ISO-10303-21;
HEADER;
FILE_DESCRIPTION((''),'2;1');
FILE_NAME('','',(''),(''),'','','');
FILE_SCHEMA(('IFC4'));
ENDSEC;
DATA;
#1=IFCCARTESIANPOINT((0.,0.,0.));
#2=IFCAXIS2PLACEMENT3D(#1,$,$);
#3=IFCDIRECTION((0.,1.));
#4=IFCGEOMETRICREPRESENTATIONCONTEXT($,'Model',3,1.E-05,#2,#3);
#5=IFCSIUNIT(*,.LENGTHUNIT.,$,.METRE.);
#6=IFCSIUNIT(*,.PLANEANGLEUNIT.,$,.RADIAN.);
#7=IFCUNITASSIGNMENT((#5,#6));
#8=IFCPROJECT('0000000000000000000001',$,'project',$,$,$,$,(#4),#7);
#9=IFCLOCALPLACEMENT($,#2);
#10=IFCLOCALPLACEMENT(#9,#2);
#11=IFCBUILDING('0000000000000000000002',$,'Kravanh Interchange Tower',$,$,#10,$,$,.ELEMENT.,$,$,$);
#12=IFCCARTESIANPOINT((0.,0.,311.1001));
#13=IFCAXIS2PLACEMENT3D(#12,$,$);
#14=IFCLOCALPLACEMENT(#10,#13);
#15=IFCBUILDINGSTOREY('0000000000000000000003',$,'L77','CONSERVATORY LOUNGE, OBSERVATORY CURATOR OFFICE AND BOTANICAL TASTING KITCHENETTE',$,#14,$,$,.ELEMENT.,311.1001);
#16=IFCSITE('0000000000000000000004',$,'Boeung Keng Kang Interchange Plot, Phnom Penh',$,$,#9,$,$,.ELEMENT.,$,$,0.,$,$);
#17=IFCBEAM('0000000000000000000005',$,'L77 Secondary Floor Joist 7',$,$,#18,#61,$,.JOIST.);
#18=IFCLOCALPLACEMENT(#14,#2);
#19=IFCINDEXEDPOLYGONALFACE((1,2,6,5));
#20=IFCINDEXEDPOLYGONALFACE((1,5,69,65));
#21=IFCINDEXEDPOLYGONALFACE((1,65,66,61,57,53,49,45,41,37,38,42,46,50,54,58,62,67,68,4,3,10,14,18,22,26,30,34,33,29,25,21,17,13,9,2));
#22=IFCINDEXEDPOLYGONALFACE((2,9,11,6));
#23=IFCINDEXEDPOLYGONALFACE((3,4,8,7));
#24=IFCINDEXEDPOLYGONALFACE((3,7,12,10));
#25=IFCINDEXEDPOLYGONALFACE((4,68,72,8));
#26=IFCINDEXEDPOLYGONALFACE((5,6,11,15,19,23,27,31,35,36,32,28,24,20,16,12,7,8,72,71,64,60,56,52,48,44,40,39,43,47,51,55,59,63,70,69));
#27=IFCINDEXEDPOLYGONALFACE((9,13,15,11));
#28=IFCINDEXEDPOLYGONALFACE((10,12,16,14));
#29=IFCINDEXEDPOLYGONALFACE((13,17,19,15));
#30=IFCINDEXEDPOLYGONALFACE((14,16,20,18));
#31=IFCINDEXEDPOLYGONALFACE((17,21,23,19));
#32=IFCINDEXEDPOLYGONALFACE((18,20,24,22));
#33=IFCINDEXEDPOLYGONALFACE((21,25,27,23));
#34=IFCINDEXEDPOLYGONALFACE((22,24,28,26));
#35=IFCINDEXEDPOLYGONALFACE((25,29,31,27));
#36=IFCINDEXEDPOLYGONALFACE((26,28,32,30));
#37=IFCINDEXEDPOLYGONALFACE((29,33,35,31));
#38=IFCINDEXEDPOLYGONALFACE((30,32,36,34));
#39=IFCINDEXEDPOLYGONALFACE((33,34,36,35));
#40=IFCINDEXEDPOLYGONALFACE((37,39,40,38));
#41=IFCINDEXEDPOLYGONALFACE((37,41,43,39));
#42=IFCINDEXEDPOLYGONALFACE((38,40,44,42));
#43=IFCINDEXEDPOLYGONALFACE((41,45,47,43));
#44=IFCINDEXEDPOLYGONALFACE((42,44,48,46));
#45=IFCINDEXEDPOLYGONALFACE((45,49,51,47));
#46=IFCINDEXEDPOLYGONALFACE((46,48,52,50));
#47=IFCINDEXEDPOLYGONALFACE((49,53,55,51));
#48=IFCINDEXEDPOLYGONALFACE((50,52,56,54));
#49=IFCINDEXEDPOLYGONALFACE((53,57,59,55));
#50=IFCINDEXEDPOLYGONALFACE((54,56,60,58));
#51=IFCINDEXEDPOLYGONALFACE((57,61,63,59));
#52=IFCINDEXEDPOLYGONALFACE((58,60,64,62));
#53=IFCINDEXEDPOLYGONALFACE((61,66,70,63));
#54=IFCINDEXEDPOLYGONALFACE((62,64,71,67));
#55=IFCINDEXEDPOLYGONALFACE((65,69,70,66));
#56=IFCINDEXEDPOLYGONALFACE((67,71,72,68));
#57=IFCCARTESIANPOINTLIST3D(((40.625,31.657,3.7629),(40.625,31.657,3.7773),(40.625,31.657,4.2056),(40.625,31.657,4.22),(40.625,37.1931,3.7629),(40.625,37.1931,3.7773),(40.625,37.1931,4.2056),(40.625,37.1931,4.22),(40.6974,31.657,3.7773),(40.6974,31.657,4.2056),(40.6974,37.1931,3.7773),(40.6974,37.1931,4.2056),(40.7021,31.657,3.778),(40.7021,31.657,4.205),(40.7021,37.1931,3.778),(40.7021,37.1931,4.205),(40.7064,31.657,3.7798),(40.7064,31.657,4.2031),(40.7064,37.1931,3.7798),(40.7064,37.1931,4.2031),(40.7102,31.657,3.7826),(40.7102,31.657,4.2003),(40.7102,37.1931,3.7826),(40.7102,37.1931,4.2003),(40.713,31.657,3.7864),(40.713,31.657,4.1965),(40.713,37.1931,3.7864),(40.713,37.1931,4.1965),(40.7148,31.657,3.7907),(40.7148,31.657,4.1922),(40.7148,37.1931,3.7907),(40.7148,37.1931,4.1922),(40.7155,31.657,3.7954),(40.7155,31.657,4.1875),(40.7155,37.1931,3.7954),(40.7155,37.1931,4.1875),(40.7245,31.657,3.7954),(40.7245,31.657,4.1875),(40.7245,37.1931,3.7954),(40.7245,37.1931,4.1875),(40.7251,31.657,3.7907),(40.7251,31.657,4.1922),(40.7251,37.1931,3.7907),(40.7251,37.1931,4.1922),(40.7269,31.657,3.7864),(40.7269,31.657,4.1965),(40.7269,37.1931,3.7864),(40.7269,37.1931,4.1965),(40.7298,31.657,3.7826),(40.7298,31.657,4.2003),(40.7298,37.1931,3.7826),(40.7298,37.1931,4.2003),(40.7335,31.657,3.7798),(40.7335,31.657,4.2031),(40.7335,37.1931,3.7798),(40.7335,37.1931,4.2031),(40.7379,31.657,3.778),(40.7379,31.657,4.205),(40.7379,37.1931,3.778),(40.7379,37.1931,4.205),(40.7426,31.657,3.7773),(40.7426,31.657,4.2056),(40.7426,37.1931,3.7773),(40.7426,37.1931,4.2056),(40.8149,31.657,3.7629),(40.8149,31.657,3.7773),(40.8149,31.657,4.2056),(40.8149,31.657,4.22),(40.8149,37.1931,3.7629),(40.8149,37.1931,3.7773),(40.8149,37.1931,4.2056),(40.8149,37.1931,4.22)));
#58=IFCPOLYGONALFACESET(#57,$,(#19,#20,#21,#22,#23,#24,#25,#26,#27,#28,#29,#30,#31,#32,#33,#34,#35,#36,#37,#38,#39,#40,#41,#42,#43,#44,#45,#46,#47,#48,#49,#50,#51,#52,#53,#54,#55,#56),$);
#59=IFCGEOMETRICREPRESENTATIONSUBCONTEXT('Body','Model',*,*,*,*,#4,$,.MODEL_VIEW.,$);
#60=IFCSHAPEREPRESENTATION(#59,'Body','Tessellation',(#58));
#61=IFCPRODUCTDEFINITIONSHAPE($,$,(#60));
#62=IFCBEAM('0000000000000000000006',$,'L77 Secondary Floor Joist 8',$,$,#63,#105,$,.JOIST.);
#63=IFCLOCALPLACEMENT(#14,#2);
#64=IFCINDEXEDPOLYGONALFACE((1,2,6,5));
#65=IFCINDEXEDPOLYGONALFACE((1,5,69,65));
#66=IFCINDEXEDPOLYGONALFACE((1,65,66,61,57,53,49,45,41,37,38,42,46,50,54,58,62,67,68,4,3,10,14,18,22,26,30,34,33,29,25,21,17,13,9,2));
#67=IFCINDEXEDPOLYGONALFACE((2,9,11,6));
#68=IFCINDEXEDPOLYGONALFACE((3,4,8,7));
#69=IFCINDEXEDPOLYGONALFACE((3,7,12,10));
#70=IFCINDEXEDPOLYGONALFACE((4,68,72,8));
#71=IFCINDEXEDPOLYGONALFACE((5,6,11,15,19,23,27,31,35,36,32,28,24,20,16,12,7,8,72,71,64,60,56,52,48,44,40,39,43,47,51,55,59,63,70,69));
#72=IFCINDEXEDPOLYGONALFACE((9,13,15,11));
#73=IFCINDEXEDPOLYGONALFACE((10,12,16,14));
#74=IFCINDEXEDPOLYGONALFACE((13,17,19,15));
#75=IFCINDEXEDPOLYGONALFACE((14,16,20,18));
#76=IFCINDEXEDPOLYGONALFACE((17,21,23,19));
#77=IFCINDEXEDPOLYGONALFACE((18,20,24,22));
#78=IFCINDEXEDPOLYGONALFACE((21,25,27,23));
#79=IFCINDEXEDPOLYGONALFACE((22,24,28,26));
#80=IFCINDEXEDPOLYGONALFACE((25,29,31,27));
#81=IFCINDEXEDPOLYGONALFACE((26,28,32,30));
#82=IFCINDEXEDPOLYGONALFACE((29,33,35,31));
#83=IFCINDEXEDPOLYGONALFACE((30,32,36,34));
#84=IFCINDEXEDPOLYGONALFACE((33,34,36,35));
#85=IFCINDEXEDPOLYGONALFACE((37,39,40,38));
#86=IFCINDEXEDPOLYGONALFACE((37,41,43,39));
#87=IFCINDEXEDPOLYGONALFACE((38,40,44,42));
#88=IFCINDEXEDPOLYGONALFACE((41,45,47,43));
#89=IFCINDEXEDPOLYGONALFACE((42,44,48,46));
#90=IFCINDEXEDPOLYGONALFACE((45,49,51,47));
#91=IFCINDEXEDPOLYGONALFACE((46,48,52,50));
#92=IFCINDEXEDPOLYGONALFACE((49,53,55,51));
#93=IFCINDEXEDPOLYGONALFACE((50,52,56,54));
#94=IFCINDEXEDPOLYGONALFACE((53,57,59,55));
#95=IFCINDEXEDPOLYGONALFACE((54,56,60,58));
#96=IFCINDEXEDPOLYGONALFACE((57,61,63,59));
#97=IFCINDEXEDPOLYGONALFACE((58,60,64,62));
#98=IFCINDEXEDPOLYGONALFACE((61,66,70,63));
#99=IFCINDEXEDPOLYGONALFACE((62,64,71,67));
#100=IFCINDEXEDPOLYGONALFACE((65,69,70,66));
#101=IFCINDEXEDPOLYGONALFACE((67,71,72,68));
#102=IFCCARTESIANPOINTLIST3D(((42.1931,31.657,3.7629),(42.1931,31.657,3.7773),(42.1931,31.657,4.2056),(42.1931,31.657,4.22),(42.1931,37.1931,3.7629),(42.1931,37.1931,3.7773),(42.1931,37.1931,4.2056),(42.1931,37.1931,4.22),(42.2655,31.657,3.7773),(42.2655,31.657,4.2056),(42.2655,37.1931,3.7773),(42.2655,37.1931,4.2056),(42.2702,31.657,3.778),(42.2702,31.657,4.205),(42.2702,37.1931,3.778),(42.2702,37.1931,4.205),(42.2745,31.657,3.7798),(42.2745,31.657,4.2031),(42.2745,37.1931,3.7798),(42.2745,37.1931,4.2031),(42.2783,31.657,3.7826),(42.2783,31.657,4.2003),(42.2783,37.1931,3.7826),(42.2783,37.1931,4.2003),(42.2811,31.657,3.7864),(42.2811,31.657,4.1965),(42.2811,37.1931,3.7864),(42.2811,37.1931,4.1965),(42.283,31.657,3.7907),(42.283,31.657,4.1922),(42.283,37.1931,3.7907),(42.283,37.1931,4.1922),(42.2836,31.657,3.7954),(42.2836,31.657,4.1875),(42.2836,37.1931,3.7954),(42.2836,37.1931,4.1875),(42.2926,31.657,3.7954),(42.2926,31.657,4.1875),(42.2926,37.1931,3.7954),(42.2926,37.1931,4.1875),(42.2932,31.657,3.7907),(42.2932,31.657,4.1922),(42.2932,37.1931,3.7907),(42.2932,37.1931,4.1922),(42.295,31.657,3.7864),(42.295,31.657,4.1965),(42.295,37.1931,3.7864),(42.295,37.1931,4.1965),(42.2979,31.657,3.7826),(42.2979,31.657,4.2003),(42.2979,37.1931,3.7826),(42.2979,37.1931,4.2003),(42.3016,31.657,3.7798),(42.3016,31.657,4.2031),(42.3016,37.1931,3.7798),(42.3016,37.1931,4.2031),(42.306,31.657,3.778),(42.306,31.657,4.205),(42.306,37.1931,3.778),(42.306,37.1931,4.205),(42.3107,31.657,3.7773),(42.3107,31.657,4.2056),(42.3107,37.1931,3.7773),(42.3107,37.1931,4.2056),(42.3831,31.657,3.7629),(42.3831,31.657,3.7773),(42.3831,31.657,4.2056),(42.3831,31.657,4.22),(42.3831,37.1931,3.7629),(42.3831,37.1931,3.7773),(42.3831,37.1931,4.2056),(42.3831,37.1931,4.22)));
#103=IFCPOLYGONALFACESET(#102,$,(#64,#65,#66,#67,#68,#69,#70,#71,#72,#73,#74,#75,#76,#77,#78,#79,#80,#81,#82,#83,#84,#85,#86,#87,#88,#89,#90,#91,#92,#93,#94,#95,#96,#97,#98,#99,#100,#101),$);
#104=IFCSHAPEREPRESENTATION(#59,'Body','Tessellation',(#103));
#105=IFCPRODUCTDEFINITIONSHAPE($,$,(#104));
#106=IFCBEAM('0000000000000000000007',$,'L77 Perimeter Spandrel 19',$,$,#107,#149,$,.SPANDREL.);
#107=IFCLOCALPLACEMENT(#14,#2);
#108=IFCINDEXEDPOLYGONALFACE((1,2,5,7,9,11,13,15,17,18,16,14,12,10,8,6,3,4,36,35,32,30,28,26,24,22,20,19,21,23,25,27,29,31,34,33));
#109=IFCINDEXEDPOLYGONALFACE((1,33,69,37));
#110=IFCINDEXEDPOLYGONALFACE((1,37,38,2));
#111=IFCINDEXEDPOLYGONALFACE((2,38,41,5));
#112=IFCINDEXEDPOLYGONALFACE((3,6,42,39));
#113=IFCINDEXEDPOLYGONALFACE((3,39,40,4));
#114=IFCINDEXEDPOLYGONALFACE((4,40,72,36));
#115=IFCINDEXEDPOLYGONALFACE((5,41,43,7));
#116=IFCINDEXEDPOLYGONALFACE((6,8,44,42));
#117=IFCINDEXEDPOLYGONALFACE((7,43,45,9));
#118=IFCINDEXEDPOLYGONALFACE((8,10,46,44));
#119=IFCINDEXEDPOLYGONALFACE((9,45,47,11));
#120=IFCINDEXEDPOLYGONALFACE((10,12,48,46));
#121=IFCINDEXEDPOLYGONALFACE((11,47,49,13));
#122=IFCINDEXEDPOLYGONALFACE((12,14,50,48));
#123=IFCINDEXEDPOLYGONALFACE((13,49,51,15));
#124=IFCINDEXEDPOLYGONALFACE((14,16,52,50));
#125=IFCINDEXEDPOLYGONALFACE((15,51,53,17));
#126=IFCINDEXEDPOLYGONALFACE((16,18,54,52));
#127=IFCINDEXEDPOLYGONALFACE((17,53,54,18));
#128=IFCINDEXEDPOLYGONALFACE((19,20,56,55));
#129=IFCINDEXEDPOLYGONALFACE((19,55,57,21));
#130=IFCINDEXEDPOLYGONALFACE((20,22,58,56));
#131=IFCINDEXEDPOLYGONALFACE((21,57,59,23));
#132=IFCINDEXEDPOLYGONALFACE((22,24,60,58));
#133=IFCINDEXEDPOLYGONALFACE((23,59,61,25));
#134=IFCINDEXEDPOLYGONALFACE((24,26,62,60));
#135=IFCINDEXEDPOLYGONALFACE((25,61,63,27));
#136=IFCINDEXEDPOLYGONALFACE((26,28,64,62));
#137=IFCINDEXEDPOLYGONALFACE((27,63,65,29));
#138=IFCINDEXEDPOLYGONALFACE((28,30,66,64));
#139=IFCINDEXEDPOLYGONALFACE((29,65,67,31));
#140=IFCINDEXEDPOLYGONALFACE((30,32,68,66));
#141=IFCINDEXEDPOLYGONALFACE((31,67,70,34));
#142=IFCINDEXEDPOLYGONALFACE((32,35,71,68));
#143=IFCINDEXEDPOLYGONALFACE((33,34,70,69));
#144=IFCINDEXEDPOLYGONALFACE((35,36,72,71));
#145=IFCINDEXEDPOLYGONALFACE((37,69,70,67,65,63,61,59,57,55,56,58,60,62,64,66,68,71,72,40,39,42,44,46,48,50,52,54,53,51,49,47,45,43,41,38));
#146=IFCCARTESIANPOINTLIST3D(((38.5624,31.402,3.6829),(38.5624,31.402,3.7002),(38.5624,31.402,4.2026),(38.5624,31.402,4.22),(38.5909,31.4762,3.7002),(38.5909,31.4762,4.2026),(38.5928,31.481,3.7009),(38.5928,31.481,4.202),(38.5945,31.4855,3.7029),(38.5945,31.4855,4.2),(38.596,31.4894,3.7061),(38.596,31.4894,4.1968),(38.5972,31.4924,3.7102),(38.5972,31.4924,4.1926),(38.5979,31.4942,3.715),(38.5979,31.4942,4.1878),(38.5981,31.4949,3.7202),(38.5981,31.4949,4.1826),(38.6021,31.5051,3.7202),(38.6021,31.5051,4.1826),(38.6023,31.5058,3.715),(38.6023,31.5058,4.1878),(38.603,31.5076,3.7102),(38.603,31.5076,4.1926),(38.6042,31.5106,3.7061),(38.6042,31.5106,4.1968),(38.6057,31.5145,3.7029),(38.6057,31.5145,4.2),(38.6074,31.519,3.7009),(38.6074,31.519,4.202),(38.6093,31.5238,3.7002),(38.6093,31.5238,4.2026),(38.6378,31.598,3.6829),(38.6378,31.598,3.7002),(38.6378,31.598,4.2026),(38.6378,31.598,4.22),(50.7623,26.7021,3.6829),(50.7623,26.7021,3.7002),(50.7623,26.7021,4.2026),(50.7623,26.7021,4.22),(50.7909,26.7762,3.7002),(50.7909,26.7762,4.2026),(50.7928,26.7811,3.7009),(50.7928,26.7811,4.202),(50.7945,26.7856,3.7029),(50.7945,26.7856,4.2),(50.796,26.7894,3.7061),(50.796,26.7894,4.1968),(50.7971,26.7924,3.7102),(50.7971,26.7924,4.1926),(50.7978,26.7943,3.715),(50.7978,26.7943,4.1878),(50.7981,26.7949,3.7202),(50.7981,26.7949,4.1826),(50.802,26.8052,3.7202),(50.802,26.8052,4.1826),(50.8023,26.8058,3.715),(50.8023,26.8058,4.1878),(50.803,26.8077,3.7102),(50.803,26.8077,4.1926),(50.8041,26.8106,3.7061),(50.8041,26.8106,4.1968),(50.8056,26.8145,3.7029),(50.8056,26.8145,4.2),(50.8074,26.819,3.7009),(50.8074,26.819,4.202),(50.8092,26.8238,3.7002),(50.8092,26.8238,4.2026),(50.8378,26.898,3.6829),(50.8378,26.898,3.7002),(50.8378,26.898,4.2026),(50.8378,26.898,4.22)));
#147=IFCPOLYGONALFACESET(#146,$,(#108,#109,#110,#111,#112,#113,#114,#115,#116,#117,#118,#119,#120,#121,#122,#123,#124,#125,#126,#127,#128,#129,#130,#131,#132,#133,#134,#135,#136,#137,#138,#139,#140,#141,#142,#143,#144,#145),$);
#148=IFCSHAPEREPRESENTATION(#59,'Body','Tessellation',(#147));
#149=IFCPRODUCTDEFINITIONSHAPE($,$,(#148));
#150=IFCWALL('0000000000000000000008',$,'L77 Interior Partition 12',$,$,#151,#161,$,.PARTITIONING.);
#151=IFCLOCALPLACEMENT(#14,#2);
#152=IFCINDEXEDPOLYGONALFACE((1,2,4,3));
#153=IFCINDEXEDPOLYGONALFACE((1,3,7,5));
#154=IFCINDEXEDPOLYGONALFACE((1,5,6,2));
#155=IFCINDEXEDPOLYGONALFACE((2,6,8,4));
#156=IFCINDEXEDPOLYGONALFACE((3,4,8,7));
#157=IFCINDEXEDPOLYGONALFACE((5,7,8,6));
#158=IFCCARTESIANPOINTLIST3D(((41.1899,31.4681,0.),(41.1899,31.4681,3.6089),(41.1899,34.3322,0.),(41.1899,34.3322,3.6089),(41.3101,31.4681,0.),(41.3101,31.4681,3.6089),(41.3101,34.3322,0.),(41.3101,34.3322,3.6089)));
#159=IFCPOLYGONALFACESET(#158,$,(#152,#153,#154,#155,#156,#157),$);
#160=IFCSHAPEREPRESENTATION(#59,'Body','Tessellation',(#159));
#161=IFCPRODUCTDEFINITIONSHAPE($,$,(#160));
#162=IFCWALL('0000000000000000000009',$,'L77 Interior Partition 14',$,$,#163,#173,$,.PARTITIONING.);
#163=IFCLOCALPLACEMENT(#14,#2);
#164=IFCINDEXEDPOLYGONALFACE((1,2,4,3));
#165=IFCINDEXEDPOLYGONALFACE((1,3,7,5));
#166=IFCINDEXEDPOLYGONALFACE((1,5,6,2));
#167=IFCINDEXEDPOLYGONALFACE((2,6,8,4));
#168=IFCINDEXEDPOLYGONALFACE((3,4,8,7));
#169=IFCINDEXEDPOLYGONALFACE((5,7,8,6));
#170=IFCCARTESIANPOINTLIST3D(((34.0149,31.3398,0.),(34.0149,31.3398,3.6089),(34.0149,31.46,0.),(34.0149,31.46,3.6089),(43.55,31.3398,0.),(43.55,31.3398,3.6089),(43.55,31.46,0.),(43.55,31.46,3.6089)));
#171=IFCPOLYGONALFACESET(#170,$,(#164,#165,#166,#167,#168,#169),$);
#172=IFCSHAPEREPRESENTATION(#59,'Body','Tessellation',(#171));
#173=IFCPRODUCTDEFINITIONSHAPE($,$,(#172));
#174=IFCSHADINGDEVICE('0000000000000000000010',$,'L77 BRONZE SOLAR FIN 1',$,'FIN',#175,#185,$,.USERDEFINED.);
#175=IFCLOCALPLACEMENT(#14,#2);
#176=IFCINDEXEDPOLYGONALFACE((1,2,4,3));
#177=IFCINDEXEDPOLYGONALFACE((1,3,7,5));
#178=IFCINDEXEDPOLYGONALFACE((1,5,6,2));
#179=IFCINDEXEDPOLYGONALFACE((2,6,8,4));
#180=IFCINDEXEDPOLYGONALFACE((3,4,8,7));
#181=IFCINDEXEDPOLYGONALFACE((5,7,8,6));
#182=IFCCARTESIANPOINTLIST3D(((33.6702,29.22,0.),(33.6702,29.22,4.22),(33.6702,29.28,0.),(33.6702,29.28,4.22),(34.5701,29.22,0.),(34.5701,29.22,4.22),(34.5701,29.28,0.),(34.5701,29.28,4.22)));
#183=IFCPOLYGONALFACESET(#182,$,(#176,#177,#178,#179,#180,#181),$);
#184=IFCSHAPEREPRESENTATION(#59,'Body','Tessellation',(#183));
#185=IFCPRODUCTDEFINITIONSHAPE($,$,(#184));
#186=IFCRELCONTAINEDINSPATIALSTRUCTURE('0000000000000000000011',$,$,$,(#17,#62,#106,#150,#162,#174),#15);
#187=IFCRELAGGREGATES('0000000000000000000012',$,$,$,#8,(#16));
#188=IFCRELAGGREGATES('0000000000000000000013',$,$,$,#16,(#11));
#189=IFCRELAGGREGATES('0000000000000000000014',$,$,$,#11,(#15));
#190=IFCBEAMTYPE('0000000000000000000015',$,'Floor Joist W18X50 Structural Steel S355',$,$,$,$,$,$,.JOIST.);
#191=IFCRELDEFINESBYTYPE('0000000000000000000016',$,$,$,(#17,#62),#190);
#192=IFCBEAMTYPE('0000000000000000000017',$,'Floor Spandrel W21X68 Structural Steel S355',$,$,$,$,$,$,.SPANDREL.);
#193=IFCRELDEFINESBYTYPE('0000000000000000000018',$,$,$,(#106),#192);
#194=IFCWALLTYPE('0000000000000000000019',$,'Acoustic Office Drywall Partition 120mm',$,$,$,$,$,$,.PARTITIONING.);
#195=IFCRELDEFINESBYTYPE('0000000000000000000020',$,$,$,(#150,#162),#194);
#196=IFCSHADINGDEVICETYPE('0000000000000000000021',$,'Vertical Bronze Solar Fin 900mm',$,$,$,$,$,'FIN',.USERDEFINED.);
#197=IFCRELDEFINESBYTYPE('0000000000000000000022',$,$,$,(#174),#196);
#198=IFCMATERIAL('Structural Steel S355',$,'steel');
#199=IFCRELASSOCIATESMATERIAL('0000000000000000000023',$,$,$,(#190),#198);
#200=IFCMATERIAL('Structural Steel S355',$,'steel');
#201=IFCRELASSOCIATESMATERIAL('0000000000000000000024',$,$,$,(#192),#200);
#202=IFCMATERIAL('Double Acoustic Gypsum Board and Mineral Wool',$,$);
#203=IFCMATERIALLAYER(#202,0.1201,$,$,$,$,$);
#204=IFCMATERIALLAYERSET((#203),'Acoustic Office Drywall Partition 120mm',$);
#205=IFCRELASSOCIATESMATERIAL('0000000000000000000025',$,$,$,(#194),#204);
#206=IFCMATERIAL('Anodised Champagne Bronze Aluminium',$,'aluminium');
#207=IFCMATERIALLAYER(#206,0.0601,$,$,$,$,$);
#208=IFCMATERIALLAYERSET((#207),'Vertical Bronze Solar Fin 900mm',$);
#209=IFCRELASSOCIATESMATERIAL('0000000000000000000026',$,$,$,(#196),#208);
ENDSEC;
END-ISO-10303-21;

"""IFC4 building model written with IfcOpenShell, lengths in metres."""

from ifc_helpers import new_model, si_unit, direction, frame, frame_2d, origin, origin_2d, place, context, subcontext, project, spatial, rectangle, i_section, extrude, material, layer, layer_set, material_profile, profile_set, type_object, element, save


model = new_model("IFC4")

# Units and contexts
model_context = context("Model", 3, precision=1e-05, world=origin(), true_north=direction((0.0, 1.0)))
body_context = subcontext(model_context, "Body", "Model", "MODEL_VIEW")
ifc_project = project(units=[si_unit("LENGTHUNIT", "METRE"), si_unit("PLANEANGLEUNIT", "RADIAN")], contexts=[model_context])

# Site, building, storey
site_placement = place(None, origin())
site = spatial("IfcSite", under=ifc_project, at=site_placement, Name="Boeung Keng Kang Interchange Plot, Phnom Penh", CompositionType="ELEMENT", RefElevation=0.0)
building_placement = place(site_placement, origin())
building = spatial("IfcBuilding", under=site, at=building_placement, Name="Kravanh Interchange Tower", CompositionType="ELEMENT")
storey_placement = place(building_placement, frame((0.0, 0.0, 311.1001)))
storey = spatial("IfcBuildingStorey", under=building, at=storey_placement, Name="L77", Description="CONSERVATORY LOUNGE, OBSERVATORY CURATOR OFFICE AND BOTANICAL TASTING KITCHENETTE", CompositionType="ELEMENT", Elevation=311.1001)

# Beams
ifc_material_1 = material(Name="Structural Steel S355", Category="steel")
ifc_material_profile_1 = material_profile(ifc_material_1, i_section(OverallWidth=0.1899, OverallDepth=0.457, WebThickness=0.009, FlangeThickness=0.0144, FilletRadius=0.0181, at=origin_2d()), Name="W18X50")
ifc_profile_set_1 = profile_set([ifc_material_profile_1], Name="Structural Steel S355")
beam_type_1 = type_object("IfcBeamType", Name="Floor Joist W18X50 Structural Steel S355", PredefinedType="JOIST", material=ifc_profile_set_1)
for number, where, z_axis, x_axis, name in (
    (1, (40.72, 31.657, 3.9915), (0.0, 1.0, 0.0), (-1.0, 0.0, 0.0), "L77 Secondary Floor Joist 7"),
    (2, (42.2881, 31.657, 3.9915), (0.0, 1.0, 0.0), (-1.0, 0.0, 0.0), "L77 Secondary Floor Joist 8"),
):
    element("IfcBeam", number, at=place(storey_placement, frame(where, z_axis=z_axis, x_axis=x_axis)), inside=storey, type_object=beam_type_1, Name=name, PredefinedType="JOIST", context=body_context, shape_type="SweptSolid", body=[
        extrude(i_section(OverallWidth=0.1899, OverallDepth=0.457, WebThickness=0.009, FlangeThickness=0.0144, FilletRadius=0.0181, at=origin_2d()), origin(), (0.0, 0.0, 1.0), 5.5361),
    ])
ifc_material_2 = material(Name="Structural Steel S355", Category="steel")
ifc_material_profile_2 = material_profile(ifc_material_2, i_section(OverallWidth=0.21, OverallDepth=0.5371, WebThickness=0.011, FlangeThickness=0.0173, FilletRadius=0.02, at=origin_2d()), Name="W21X68")
ifc_profile_set_2 = profile_set([ifc_material_profile_2], Name="Structural Steel S355")
beam_type_2 = type_object("IfcBeamType", Name="Floor Spandrel W21X68 Structural Steel S355", PredefinedType="SPANDREL", material=ifc_profile_set_2)
beam_1_placement = place(storey_placement, frame((38.6001, 31.5, 3.9514), z_axis=(0.933149, -0.35949, 0.0), x_axis=(0.35949, 0.933149, 0.0)))
element("IfcBeam", 3, at=beam_1_placement, inside=storey, type_object=beam_type_2, Name="L77 Perimeter Spandrel 19", PredefinedType="SPANDREL", context=body_context, shape_type="SweptSolid", body=[
    extrude(i_section(OverallWidth=0.21, OverallDepth=0.5371, WebThickness=0.011, FlangeThickness=0.0173, FilletRadius=0.02, at=origin_2d()), origin(), (0.0, 0.0, 1.0), 13.074),
])

# Walls
ifc_material_3 = material(Name="Double Acoustic Gypsum Board and Mineral Wool")
ifc_layer_1 = layer(ifc_material_3, 0.1201)
ifc_layer_set_1 = layer_set([ifc_layer_1], Name="Acoustic Office Drywall Partition 120mm")
wall_type = type_object("IfcWallType", Name="Acoustic Office Drywall Partition 120mm", PredefinedType="PARTITIONING", material=ifc_layer_set_1)
wall_1_placement = place(storey_placement, frame((41.25, 31.468, 0.0), z_axis=(0.0, 0.0, 1.0), x_axis=(0.0, 1.0, 0.0)))
element("IfcWall", 4, at=wall_1_placement, inside=storey, type_object=wall_type, Name="L77 Interior Partition 12", PredefinedType="PARTITIONING", context=body_context, shape_type="SweptSolid", body=[
    extrude(rectangle(XDim=2.864, YDim=0.1201, at=frame_2d((1.4321, 0.0))), origin(), (0.0, 0.0, 1.0), 3.6089),
])
wall_2_placement = place(storey_placement, frame((34.0149, 31.3999, 0.0), z_axis=(0.0, 0.0, 1.0), x_axis=(1.0, 0.0, 0.0)))
element("IfcWall", 5, at=wall_2_placement, inside=storey, type_object=wall_type, Name="L77 Interior Partition 14", PredefinedType="PARTITIONING", context=body_context, shape_type="SweptSolid", body=[
    extrude(rectangle(XDim=9.5352, YDim=0.1201, at=frame_2d((4.7676, 0.0))), origin(), (0.0, 0.0, 1.0), 3.6089),
])

# Shading device
ifc_material_4 = material(Name="Anodised Champagne Bronze Aluminium", Category="aluminium")
ifc_layer_2 = layer(ifc_material_4, 0.0601)
ifc_layer_set_2 = layer_set([ifc_layer_2], Name="Vertical Bronze Solar Fin 900mm")
shading_device_type = type_object("IfcShadingDeviceType", Name="Vertical Bronze Solar Fin 900mm", ElementType="FIN", PredefinedType="USERDEFINED", material=ifc_layer_set_2)
shading_device_placement = place(storey_placement, frame((34.1201, 29.25, 0.0), z_axis=(0.0, 0.0, 1.0), x_axis=(-1.0, 0.0, 0.0)))
element("IfcShadingDevice", 6, at=shading_device_placement, inside=storey, type_object=shading_device_type, Name="L77 BRONZE SOLAR FIN 1", ObjectType="FIN", PredefinedType="USERDEFINED", context=body_context, shape_type="SweptSolid", body=[
    extrude(rectangle(XDim=0.8999, YDim=0.0601, at=origin_2d()), origin(), (0.0, 0.0, 1.0), 4.22),
])

save(model, "model.ifc")
